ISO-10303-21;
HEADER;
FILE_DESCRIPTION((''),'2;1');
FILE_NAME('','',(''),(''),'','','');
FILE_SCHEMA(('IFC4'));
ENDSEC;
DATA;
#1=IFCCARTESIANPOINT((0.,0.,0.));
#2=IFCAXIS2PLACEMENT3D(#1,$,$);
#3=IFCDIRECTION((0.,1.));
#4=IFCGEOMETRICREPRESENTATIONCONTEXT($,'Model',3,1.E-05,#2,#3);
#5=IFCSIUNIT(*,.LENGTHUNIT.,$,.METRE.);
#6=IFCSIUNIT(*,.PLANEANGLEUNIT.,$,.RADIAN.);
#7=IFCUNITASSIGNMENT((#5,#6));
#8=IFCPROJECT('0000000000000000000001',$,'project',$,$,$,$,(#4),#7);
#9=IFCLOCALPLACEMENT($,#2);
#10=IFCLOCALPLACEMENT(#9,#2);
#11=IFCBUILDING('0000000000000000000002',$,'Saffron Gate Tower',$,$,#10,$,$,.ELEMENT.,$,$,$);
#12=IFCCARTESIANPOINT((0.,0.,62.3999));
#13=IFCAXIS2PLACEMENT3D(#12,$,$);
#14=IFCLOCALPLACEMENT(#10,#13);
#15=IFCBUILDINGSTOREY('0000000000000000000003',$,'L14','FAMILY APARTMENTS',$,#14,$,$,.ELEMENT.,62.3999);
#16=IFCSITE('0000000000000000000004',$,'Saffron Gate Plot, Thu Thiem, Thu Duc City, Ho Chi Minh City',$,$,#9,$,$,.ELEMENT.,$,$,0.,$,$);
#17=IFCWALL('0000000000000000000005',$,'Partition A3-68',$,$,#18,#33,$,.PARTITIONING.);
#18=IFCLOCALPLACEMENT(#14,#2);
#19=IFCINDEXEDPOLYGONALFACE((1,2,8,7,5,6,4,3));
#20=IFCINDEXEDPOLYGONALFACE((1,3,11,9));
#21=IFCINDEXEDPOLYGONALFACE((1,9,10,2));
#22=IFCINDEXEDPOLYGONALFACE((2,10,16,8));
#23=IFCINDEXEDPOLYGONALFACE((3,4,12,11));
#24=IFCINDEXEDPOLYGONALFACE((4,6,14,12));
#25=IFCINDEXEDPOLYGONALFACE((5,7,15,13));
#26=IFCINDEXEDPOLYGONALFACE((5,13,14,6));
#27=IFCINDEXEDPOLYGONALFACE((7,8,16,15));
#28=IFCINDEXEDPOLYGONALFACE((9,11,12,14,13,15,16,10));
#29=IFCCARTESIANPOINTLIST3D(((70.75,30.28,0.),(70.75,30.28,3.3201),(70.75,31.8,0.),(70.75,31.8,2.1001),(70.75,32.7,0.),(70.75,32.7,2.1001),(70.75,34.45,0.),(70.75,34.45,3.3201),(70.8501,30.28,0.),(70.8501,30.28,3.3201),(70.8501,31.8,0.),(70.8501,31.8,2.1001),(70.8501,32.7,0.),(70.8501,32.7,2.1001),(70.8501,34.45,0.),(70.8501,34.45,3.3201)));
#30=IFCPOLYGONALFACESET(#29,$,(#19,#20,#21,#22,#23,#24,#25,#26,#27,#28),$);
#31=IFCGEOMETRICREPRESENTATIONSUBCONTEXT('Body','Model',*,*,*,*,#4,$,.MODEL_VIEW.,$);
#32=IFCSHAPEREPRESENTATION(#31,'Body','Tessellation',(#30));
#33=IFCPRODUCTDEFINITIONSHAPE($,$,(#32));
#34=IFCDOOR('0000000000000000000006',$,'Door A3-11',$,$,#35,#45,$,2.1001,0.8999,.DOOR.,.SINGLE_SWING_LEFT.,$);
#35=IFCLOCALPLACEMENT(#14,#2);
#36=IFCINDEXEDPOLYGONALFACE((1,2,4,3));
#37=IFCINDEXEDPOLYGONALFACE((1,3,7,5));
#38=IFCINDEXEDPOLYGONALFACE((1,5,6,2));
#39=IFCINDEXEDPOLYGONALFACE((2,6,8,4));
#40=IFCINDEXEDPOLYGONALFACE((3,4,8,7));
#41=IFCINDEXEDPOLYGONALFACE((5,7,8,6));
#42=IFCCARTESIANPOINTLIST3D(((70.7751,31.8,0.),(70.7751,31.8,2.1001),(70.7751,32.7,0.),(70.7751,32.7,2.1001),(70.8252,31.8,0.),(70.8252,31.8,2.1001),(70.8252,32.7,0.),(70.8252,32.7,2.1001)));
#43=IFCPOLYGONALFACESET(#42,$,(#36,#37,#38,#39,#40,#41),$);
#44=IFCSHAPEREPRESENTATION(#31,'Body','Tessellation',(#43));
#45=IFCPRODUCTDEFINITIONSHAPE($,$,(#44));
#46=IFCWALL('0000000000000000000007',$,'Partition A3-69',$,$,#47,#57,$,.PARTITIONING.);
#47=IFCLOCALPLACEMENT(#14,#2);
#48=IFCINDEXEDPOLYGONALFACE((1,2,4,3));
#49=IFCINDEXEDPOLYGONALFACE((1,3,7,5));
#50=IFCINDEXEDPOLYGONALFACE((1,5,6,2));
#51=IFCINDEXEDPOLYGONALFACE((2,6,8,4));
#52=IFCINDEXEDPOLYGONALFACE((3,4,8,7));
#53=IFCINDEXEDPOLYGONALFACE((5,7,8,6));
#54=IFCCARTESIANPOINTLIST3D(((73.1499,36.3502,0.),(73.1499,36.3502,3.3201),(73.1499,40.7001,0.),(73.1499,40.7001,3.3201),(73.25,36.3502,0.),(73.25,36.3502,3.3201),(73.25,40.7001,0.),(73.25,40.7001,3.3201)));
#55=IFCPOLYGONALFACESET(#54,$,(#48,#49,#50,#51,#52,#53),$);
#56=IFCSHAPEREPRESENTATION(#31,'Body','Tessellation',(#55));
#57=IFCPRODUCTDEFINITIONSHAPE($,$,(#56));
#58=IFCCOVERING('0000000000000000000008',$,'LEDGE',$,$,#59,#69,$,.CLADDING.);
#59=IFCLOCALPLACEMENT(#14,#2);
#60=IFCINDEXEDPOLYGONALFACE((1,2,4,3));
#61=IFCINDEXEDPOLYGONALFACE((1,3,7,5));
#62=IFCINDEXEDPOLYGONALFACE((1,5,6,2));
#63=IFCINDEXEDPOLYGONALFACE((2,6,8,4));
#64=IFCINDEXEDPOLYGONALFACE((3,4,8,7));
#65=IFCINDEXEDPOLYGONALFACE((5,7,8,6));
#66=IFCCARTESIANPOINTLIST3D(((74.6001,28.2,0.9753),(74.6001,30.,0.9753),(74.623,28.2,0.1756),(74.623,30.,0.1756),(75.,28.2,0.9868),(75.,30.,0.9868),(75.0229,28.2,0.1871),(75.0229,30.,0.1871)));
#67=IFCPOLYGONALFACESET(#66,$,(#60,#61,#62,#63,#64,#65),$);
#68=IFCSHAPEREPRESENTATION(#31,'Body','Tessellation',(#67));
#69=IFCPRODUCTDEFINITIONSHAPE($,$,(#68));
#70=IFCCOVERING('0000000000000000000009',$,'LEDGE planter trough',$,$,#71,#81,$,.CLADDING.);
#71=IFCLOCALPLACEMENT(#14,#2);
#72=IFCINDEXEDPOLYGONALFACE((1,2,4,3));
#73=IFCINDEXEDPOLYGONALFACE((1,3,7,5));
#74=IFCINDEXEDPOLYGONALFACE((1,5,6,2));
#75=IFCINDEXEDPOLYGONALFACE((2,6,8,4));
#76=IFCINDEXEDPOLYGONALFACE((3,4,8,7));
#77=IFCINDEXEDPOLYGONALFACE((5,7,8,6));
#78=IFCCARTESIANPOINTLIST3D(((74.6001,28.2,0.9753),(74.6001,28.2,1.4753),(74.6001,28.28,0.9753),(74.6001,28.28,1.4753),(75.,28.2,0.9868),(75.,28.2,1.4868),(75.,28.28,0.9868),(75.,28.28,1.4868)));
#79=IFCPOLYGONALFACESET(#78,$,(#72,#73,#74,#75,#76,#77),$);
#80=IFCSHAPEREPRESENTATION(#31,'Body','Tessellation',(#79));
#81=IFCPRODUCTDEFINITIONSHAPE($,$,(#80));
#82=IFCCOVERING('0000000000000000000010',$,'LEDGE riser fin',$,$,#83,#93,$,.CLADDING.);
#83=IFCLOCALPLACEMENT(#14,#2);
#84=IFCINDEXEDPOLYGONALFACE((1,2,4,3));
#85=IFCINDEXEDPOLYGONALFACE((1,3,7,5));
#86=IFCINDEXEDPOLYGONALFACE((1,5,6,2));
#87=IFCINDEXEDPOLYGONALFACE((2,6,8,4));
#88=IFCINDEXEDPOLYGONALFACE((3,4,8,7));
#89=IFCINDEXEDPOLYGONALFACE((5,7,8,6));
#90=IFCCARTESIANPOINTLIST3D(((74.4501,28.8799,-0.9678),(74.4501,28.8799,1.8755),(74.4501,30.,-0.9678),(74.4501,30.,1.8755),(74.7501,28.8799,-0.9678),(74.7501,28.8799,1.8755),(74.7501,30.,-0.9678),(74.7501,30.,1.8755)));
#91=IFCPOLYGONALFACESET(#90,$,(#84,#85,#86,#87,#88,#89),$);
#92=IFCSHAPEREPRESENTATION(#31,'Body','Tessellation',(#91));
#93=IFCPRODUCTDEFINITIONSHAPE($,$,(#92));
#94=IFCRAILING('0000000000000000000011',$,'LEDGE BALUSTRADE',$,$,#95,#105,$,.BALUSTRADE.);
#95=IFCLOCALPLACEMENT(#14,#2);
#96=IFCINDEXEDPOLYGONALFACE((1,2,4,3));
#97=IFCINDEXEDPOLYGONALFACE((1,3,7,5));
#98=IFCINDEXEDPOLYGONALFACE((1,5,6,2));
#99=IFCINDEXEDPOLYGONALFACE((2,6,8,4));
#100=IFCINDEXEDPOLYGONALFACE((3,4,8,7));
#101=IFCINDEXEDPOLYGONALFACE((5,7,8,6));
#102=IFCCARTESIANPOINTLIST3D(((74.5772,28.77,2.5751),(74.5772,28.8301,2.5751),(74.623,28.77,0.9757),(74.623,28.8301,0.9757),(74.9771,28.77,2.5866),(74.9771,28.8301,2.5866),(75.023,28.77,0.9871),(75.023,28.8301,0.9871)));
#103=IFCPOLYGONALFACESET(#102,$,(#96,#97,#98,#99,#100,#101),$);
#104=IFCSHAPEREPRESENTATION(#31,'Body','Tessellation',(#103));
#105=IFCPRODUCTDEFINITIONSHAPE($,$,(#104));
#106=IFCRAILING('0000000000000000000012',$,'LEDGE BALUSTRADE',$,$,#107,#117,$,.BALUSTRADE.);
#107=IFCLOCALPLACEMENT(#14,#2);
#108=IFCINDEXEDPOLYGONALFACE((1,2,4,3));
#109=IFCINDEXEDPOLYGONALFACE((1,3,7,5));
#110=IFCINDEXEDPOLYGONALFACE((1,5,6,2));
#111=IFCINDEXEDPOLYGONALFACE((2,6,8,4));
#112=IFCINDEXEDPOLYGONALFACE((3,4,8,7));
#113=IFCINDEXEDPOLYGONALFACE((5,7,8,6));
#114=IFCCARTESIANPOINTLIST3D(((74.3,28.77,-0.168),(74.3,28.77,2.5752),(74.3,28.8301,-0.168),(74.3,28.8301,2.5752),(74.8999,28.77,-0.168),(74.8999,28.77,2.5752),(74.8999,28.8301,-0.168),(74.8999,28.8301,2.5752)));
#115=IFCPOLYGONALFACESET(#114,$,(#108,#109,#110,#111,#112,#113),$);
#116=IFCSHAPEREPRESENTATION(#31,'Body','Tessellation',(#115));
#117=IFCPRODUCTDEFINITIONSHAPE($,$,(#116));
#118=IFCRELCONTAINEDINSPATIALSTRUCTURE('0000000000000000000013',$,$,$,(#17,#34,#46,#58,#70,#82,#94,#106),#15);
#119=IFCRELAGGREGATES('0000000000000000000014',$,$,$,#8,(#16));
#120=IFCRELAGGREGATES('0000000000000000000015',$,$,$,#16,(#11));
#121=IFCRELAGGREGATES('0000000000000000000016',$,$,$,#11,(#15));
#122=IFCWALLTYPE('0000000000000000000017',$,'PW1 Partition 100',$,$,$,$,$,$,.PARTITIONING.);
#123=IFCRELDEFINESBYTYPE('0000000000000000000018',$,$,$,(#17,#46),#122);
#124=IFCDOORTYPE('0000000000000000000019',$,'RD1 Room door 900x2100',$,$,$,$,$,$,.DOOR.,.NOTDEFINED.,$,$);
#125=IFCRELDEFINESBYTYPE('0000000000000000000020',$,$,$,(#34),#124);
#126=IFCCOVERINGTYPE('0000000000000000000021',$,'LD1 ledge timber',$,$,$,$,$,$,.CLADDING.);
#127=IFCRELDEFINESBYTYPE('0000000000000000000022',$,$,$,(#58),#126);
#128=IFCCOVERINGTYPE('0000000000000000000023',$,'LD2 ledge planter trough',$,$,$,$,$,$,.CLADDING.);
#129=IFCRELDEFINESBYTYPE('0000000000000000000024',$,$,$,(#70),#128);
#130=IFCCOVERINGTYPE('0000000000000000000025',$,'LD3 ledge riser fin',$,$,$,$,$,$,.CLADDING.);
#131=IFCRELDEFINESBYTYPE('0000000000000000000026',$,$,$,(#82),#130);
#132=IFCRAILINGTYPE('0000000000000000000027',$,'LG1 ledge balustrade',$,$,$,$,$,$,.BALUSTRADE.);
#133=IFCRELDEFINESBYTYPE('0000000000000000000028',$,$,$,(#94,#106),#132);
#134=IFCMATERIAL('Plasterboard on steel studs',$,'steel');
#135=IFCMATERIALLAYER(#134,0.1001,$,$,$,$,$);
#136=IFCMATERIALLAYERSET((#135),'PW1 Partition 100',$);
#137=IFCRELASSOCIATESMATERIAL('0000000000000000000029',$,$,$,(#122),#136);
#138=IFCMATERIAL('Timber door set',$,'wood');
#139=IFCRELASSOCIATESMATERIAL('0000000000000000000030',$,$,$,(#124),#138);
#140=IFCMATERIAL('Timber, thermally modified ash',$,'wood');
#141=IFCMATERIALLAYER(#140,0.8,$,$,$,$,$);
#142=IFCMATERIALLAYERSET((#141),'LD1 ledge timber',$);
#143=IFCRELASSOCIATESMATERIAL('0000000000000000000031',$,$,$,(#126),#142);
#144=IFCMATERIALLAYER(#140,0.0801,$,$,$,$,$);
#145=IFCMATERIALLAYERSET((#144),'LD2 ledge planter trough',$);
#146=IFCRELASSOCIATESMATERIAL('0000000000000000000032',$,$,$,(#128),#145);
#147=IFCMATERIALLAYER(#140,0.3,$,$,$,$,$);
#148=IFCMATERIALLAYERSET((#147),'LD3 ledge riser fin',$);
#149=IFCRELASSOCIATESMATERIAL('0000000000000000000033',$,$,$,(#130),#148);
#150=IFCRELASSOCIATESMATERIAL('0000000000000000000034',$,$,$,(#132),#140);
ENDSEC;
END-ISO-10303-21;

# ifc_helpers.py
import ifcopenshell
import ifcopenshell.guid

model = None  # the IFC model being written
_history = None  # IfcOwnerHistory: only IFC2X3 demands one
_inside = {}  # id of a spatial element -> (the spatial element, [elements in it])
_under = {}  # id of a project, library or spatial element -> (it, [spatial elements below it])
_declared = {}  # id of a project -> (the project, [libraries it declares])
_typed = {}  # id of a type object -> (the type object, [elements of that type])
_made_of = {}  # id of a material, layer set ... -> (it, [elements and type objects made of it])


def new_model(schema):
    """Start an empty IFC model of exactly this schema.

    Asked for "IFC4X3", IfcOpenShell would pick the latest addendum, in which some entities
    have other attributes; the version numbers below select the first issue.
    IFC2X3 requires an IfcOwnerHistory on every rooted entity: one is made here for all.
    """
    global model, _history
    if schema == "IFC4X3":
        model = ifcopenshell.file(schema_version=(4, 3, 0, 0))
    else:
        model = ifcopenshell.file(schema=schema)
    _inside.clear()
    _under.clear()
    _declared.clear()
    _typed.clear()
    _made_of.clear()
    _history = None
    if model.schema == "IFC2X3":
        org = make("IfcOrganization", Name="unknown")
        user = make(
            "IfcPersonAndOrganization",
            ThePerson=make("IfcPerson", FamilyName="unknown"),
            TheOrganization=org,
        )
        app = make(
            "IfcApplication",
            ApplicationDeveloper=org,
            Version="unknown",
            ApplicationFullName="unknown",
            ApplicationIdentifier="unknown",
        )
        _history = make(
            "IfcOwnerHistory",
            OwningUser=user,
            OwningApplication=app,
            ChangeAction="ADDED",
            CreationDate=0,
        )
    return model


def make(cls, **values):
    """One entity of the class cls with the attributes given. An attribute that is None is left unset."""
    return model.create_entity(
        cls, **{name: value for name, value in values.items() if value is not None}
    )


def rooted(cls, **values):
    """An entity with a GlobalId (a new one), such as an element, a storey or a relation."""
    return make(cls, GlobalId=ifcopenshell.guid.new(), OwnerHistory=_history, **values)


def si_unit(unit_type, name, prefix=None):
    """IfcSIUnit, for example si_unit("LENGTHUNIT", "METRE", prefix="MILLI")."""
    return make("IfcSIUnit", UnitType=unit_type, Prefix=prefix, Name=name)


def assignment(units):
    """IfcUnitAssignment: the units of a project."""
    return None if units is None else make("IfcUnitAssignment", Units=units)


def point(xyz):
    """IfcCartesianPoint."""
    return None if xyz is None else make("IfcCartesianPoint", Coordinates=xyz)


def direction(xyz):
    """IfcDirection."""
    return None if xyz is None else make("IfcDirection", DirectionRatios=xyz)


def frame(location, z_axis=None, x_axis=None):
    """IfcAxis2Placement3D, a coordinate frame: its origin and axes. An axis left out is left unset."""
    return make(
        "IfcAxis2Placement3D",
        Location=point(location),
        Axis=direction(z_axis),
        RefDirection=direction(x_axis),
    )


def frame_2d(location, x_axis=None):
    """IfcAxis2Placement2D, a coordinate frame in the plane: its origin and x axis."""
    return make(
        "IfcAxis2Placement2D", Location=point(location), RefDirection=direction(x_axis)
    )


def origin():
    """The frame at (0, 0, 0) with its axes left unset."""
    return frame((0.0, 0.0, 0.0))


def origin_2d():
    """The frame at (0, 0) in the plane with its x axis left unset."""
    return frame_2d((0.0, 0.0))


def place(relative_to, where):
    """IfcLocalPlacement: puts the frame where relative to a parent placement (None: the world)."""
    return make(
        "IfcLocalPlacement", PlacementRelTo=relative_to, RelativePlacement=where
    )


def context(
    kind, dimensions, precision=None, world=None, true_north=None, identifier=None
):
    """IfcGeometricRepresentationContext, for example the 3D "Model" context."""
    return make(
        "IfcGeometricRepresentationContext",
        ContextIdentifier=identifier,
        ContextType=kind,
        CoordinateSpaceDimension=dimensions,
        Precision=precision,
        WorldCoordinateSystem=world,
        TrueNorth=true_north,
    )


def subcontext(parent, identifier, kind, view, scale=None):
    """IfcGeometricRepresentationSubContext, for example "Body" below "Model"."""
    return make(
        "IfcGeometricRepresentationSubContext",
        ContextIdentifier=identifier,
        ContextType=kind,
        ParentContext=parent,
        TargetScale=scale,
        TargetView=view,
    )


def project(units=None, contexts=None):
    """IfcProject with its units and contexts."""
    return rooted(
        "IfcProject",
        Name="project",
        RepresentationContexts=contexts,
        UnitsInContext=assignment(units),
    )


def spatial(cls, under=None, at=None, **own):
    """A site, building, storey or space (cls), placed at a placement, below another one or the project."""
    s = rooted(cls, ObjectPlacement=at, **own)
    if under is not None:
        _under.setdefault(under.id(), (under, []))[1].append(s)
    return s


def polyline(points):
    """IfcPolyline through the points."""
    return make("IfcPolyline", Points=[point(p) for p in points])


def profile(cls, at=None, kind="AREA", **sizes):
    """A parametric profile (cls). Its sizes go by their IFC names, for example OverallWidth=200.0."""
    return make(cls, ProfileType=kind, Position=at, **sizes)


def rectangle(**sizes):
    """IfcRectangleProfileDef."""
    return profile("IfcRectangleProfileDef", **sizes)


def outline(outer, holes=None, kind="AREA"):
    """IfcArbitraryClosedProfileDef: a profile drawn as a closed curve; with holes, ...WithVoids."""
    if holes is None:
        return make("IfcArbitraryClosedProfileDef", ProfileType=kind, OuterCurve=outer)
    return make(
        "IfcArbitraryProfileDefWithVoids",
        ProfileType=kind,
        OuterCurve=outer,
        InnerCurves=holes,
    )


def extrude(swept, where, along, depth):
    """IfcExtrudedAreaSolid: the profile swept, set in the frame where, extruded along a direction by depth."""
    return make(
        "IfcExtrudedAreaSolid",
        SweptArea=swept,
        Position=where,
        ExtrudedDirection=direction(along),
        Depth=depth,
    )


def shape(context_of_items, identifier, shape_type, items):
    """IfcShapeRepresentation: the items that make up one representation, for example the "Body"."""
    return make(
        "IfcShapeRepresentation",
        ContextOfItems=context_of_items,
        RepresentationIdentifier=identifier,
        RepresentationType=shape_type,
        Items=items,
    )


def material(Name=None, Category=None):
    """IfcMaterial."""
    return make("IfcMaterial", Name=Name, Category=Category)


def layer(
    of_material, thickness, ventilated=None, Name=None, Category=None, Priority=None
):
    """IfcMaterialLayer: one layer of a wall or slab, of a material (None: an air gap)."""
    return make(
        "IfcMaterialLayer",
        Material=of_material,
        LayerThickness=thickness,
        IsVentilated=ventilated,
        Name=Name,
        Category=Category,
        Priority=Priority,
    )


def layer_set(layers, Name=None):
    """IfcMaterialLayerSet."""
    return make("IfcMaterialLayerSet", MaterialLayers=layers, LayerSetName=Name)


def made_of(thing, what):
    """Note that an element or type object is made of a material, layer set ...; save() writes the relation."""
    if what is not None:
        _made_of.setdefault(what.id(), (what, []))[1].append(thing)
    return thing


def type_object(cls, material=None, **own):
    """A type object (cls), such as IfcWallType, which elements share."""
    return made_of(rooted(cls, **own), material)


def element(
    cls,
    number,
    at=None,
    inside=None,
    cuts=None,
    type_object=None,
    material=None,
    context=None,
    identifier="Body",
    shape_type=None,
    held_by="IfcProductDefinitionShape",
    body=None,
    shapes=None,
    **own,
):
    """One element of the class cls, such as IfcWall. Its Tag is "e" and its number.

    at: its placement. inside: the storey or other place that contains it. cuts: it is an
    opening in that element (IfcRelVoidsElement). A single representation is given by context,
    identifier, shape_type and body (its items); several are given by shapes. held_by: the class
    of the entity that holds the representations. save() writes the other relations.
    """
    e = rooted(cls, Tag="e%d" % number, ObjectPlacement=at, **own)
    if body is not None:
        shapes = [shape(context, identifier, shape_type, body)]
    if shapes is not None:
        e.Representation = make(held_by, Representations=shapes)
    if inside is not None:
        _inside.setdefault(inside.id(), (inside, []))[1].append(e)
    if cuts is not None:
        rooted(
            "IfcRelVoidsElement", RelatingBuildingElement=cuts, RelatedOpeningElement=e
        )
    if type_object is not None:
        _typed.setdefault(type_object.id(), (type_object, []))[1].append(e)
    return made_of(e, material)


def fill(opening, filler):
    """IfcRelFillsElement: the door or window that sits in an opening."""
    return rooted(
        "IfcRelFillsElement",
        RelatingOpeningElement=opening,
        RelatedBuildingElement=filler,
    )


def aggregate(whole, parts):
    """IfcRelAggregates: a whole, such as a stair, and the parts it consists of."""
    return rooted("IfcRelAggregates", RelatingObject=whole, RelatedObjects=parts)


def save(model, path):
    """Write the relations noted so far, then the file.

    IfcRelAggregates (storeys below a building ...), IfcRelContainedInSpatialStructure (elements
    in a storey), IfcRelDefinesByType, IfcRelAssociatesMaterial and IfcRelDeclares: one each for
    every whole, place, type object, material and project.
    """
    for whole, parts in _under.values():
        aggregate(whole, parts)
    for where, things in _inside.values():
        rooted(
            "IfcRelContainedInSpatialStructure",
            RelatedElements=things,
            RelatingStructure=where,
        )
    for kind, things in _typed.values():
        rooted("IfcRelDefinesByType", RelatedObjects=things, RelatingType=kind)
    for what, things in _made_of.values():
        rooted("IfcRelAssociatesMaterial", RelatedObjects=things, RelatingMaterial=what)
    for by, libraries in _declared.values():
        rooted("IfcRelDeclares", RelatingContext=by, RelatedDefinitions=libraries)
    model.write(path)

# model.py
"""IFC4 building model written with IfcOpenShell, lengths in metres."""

from ifc_helpers import new_model, si_unit, direction, frame, frame_2d, origin, origin_2d, place, context, subcontext, project, spatial, polyline, rectangle, outline, extrude, material, layer, layer_set, type_object, element, fill, save


model = new_model("IFC4")

# Units and contexts
model_context = context("Model", 3, precision=1e-05, world=origin(), true_north=direction((0.0, 1.0)))
body_context = subcontext(model_context, "Body", "Model", "MODEL_VIEW")
ifc_project = project(units=[si_unit("LENGTHUNIT", "METRE"), si_unit("PLANEANGLEUNIT", "RADIAN")], contexts=[model_context])

# Site, building, storey
site_placement = place(None, origin())
site = spatial("IfcSite", under=ifc_project, at=site_placement, Name="Saffron Gate Plot, Thu Thiem, Thu Duc City, Ho Chi Minh City", CompositionType="ELEMENT", RefElevation=0.0)
building_placement = place(site_placement, origin())
building = spatial("IfcBuilding", under=site, at=building_placement, Name="Saffron Gate Tower", CompositionType="ELEMENT")
storey_placement = place(building_placement, frame((0.0, 0.0, 62.3999)))
storey = spatial("IfcBuildingStorey", under=building, at=storey_placement, Name="L14", Description="FAMILY APARTMENTS", CompositionType="ELEMENT", Elevation=62.3999)

# Shared definitions
ifc_material_1 = material(Name="Plasterboard on steel studs", Category="steel")
ifc_layer_1 = layer(ifc_material_1, 0.1001)
ifc_layer_set_1 = layer_set([ifc_layer_1], Name="PW1 Partition 100")
wall_type_1 = type_object("IfcWallType", Name="PW1 Partition 100", PredefinedType="PARTITIONING", material=ifc_layer_set_1)
ifc_material_2 = material(Name="Timber door set", Category="wood")
door_type_1 = type_object("IfcDoorType", Name="RD1 Room door 900x2100", OperationType="NOTDEFINED", PredefinedType="DOOR", material=ifc_material_2)

# Wall, opening, door
wall_1_placement = place(storey_placement, frame((70.8, 30.28, 0.0), z_axis=(0.0, 0.0, 1.0), x_axis=(0.0, 1.0, 0.0)))
wall_1 = element("IfcWall", 1, at=wall_1_placement, inside=storey, type_object=wall_type_1, Name="Partition A3-68", PredefinedType="PARTITIONING", context=body_context, shape_type="SweptSolid", body=[
    extrude(rectangle(XDim=4.1699, YDim=0.1001, at=frame_2d((2.085, 0.0))), origin(), (0.0, 0.0, 1.0), 3.3201),
])
opening_1_placement = place(wall_1_placement, frame((1.52, 0.0, 0.0)))
opening_1 = element("IfcOpeningElement", 2, at=opening_1_placement, cuts=wall_1, PredefinedType="OPENING", context=body_context, shape_type="SweptSolid", body=[
    extrude(rectangle(XDim=0.8999, YDim=2.1001, at=frame_2d((0.45, 1.05))), frame((0.0, 0.0601, 0.0), z_axis=(0.0, -1.0, 0.0), x_axis=(1.0, 0.0, 0.0)), (0.0, 0.0, 1.0), 0.1201),
])
door_1_placement = place(opening_1_placement, origin())
door_1 = element("IfcDoor", 3, at=door_1_placement, inside=storey, type_object=door_type_1, Name="Door A3-11", OperationType="SINGLE_SWING_LEFT", OverallHeight=2.1001, OverallWidth=0.8999, PredefinedType="DOOR", context=body_context, shape_type="SweptSolid", body=[
    extrude(rectangle(XDim=0.8999, YDim=2.1001, at=frame_2d((0.45, 1.05))), frame((0.0, 0.0249, 0.0), z_axis=(0.0, -1.0, 0.0), x_axis=(1.0, 0.0, 0.0)), (0.0, 0.0, 1.0), 0.05),
])
fill(opening_1, door_1)

# Wall
wall_2_placement = place(storey_placement, frame((73.2, 40.7, 0.0), z_axis=(0.0, 0.0, 1.0), x_axis=(0.0, -1.0, 0.0)))
element("IfcWall", 4, at=wall_2_placement, inside=storey, type_object=wall_type_1, Name="Partition A3-69", PredefinedType="PARTITIONING", context=body_context, shape_type="SweptSolid", body=[
    extrude(rectangle(XDim=4.3499, YDim=0.1001, at=frame_2d((2.1748, 0.0))), origin(), (0.0, 0.0, 1.0), 3.3201),
])

# Coverings
ifc_material_3 = material(Name="Timber, thermally modified ash", Category="wood")
ifc_layer_2 = layer(ifc_material_3, 0.8)
ifc_layer_set_2 = layer_set([ifc_layer_2], Name="LD1 ledge timber")
covering_type_1 = type_object("IfcCoveringType", Name="LD1 ledge timber", PredefinedType="CLADDING", material=ifc_layer_set_2)
covering_1_placement = place(storey_placement, frame((74.6001, 30.0, 0.9753), z_axis=(-0.028682, 0.0, 0.999589), x_axis=(0.999589, 0.0, 0.028682)))
element("IfcCovering", 5, at=covering_1_placement, inside=storey, type_object=covering_type_1, Name="LEDGE", PredefinedType="CLADDING", context=body_context, shape_type="SweptSolid", body=[
    extrude(outline(polyline([(0.0, 0.0), (0.4001, 0.0), (0.4001, -1.8), (0.0, -1.8), (0.0, 0.0)])), origin(), (0.0, 0.0, -1.0), 0.8),
])
ifc_layer_3 = layer(ifc_material_3, 0.0801)
ifc_layer_set_3 = layer_set([ifc_layer_3], Name="LD2 ledge planter trough")
covering_type_2 = type_object("IfcCoveringType", Name="LD2 ledge planter trough", PredefinedType="CLADDING", material=ifc_layer_set_3)
covering_2_placement = place(storey_placement, frame((74.6001, 28.2, 0.9753), z_axis=(0.0, -1.0, 0.0), x_axis=(0.999589, 0.0, 0.028682)))
element("IfcCovering", 6, at=covering_2_placement, inside=storey, type_object=covering_type_2, Name="LEDGE planter trough", PredefinedType="CLADDING", context=body_context, shape_type="SweptSolid", body=[
    extrude(outline(polyline([(0.0, 0.0), (0.4001, 0.0), (0.4144, 0.4998), (0.0143, 0.4998), (0.0, 0.0)])), origin(), (0.0, 0.0, -1.0), 0.0801),
])
ifc_layer_4 = layer(ifc_material_3, 0.3)
ifc_layer_set_4 = layer_set([ifc_layer_4], Name="LD3 ledge riser fin")
covering_type_3 = type_object("IfcCoveringType", Name="LD3 ledge riser fin", PredefinedType="CLADDING", material=ifc_layer_set_4)
covering_3_placement = place(storey_placement, frame((74.6001, 29.4399, -0.9678), z_axis=(0.0, 0.0, 1.0), x_axis=(1.0, 0.0, 0.0)))
element("IfcCovering", 7, at=covering_3_placement, inside=storey, type_object=covering_type_3, Name="LEDGE riser fin", PredefinedType="CLADDING", context=body_context, shape_type="SweptSolid", body=[
    extrude(rectangle(XDim=0.3, YDim=1.1201, at=origin_2d()), origin(), (0.0, 0.0, 1.0), 2.8433),
])

# Railings
railing_type = type_object("IfcRailingType", Name="LG1 ledge balustrade", PredefinedType="BALUSTRADE", material=ifc_material_3)
railing_1_placement = place(storey_placement, frame((74.6001, 28.8, 0.9753)))
element("IfcRailing", 8, at=railing_1_placement, inside=storey, type_object=railing_type, Name="LEDGE BALUSTRADE", PredefinedType="BALUSTRADE", context=body_context, shape_type="SweptSolid", body=[
    extrude(rectangle(XDim=0.0601, YDim=1.6001, at=origin_2d()), frame((0.0, 0.0, 0.8), z_axis=(0.999589, 0.0, 0.028682), x_axis=(0.0, 1.0, 0.0)), (0.0, 0.0, 1.0), 0.4001),
])
railing_2_placement = place(storey_placement, frame((74.3, 28.8, -0.168)))
element("IfcRailing", 9, at=railing_2_placement, inside=storey, type_object=railing_type, Name="LEDGE BALUSTRADE", PredefinedType="BALUSTRADE", context=body_context, shape_type="SweptSolid", body=[
    extrude(rectangle(XDim=0.0601, YDim=2.7432, at=origin_2d()), frame((0.0, 0.0, 1.3716), z_axis=(1.0, 0.0, 0.0), x_axis=(0.0, 1.0, 0.0)), (0.0, 0.0, 1.0), 0.5999),
])

save(model, "model.ifc")
